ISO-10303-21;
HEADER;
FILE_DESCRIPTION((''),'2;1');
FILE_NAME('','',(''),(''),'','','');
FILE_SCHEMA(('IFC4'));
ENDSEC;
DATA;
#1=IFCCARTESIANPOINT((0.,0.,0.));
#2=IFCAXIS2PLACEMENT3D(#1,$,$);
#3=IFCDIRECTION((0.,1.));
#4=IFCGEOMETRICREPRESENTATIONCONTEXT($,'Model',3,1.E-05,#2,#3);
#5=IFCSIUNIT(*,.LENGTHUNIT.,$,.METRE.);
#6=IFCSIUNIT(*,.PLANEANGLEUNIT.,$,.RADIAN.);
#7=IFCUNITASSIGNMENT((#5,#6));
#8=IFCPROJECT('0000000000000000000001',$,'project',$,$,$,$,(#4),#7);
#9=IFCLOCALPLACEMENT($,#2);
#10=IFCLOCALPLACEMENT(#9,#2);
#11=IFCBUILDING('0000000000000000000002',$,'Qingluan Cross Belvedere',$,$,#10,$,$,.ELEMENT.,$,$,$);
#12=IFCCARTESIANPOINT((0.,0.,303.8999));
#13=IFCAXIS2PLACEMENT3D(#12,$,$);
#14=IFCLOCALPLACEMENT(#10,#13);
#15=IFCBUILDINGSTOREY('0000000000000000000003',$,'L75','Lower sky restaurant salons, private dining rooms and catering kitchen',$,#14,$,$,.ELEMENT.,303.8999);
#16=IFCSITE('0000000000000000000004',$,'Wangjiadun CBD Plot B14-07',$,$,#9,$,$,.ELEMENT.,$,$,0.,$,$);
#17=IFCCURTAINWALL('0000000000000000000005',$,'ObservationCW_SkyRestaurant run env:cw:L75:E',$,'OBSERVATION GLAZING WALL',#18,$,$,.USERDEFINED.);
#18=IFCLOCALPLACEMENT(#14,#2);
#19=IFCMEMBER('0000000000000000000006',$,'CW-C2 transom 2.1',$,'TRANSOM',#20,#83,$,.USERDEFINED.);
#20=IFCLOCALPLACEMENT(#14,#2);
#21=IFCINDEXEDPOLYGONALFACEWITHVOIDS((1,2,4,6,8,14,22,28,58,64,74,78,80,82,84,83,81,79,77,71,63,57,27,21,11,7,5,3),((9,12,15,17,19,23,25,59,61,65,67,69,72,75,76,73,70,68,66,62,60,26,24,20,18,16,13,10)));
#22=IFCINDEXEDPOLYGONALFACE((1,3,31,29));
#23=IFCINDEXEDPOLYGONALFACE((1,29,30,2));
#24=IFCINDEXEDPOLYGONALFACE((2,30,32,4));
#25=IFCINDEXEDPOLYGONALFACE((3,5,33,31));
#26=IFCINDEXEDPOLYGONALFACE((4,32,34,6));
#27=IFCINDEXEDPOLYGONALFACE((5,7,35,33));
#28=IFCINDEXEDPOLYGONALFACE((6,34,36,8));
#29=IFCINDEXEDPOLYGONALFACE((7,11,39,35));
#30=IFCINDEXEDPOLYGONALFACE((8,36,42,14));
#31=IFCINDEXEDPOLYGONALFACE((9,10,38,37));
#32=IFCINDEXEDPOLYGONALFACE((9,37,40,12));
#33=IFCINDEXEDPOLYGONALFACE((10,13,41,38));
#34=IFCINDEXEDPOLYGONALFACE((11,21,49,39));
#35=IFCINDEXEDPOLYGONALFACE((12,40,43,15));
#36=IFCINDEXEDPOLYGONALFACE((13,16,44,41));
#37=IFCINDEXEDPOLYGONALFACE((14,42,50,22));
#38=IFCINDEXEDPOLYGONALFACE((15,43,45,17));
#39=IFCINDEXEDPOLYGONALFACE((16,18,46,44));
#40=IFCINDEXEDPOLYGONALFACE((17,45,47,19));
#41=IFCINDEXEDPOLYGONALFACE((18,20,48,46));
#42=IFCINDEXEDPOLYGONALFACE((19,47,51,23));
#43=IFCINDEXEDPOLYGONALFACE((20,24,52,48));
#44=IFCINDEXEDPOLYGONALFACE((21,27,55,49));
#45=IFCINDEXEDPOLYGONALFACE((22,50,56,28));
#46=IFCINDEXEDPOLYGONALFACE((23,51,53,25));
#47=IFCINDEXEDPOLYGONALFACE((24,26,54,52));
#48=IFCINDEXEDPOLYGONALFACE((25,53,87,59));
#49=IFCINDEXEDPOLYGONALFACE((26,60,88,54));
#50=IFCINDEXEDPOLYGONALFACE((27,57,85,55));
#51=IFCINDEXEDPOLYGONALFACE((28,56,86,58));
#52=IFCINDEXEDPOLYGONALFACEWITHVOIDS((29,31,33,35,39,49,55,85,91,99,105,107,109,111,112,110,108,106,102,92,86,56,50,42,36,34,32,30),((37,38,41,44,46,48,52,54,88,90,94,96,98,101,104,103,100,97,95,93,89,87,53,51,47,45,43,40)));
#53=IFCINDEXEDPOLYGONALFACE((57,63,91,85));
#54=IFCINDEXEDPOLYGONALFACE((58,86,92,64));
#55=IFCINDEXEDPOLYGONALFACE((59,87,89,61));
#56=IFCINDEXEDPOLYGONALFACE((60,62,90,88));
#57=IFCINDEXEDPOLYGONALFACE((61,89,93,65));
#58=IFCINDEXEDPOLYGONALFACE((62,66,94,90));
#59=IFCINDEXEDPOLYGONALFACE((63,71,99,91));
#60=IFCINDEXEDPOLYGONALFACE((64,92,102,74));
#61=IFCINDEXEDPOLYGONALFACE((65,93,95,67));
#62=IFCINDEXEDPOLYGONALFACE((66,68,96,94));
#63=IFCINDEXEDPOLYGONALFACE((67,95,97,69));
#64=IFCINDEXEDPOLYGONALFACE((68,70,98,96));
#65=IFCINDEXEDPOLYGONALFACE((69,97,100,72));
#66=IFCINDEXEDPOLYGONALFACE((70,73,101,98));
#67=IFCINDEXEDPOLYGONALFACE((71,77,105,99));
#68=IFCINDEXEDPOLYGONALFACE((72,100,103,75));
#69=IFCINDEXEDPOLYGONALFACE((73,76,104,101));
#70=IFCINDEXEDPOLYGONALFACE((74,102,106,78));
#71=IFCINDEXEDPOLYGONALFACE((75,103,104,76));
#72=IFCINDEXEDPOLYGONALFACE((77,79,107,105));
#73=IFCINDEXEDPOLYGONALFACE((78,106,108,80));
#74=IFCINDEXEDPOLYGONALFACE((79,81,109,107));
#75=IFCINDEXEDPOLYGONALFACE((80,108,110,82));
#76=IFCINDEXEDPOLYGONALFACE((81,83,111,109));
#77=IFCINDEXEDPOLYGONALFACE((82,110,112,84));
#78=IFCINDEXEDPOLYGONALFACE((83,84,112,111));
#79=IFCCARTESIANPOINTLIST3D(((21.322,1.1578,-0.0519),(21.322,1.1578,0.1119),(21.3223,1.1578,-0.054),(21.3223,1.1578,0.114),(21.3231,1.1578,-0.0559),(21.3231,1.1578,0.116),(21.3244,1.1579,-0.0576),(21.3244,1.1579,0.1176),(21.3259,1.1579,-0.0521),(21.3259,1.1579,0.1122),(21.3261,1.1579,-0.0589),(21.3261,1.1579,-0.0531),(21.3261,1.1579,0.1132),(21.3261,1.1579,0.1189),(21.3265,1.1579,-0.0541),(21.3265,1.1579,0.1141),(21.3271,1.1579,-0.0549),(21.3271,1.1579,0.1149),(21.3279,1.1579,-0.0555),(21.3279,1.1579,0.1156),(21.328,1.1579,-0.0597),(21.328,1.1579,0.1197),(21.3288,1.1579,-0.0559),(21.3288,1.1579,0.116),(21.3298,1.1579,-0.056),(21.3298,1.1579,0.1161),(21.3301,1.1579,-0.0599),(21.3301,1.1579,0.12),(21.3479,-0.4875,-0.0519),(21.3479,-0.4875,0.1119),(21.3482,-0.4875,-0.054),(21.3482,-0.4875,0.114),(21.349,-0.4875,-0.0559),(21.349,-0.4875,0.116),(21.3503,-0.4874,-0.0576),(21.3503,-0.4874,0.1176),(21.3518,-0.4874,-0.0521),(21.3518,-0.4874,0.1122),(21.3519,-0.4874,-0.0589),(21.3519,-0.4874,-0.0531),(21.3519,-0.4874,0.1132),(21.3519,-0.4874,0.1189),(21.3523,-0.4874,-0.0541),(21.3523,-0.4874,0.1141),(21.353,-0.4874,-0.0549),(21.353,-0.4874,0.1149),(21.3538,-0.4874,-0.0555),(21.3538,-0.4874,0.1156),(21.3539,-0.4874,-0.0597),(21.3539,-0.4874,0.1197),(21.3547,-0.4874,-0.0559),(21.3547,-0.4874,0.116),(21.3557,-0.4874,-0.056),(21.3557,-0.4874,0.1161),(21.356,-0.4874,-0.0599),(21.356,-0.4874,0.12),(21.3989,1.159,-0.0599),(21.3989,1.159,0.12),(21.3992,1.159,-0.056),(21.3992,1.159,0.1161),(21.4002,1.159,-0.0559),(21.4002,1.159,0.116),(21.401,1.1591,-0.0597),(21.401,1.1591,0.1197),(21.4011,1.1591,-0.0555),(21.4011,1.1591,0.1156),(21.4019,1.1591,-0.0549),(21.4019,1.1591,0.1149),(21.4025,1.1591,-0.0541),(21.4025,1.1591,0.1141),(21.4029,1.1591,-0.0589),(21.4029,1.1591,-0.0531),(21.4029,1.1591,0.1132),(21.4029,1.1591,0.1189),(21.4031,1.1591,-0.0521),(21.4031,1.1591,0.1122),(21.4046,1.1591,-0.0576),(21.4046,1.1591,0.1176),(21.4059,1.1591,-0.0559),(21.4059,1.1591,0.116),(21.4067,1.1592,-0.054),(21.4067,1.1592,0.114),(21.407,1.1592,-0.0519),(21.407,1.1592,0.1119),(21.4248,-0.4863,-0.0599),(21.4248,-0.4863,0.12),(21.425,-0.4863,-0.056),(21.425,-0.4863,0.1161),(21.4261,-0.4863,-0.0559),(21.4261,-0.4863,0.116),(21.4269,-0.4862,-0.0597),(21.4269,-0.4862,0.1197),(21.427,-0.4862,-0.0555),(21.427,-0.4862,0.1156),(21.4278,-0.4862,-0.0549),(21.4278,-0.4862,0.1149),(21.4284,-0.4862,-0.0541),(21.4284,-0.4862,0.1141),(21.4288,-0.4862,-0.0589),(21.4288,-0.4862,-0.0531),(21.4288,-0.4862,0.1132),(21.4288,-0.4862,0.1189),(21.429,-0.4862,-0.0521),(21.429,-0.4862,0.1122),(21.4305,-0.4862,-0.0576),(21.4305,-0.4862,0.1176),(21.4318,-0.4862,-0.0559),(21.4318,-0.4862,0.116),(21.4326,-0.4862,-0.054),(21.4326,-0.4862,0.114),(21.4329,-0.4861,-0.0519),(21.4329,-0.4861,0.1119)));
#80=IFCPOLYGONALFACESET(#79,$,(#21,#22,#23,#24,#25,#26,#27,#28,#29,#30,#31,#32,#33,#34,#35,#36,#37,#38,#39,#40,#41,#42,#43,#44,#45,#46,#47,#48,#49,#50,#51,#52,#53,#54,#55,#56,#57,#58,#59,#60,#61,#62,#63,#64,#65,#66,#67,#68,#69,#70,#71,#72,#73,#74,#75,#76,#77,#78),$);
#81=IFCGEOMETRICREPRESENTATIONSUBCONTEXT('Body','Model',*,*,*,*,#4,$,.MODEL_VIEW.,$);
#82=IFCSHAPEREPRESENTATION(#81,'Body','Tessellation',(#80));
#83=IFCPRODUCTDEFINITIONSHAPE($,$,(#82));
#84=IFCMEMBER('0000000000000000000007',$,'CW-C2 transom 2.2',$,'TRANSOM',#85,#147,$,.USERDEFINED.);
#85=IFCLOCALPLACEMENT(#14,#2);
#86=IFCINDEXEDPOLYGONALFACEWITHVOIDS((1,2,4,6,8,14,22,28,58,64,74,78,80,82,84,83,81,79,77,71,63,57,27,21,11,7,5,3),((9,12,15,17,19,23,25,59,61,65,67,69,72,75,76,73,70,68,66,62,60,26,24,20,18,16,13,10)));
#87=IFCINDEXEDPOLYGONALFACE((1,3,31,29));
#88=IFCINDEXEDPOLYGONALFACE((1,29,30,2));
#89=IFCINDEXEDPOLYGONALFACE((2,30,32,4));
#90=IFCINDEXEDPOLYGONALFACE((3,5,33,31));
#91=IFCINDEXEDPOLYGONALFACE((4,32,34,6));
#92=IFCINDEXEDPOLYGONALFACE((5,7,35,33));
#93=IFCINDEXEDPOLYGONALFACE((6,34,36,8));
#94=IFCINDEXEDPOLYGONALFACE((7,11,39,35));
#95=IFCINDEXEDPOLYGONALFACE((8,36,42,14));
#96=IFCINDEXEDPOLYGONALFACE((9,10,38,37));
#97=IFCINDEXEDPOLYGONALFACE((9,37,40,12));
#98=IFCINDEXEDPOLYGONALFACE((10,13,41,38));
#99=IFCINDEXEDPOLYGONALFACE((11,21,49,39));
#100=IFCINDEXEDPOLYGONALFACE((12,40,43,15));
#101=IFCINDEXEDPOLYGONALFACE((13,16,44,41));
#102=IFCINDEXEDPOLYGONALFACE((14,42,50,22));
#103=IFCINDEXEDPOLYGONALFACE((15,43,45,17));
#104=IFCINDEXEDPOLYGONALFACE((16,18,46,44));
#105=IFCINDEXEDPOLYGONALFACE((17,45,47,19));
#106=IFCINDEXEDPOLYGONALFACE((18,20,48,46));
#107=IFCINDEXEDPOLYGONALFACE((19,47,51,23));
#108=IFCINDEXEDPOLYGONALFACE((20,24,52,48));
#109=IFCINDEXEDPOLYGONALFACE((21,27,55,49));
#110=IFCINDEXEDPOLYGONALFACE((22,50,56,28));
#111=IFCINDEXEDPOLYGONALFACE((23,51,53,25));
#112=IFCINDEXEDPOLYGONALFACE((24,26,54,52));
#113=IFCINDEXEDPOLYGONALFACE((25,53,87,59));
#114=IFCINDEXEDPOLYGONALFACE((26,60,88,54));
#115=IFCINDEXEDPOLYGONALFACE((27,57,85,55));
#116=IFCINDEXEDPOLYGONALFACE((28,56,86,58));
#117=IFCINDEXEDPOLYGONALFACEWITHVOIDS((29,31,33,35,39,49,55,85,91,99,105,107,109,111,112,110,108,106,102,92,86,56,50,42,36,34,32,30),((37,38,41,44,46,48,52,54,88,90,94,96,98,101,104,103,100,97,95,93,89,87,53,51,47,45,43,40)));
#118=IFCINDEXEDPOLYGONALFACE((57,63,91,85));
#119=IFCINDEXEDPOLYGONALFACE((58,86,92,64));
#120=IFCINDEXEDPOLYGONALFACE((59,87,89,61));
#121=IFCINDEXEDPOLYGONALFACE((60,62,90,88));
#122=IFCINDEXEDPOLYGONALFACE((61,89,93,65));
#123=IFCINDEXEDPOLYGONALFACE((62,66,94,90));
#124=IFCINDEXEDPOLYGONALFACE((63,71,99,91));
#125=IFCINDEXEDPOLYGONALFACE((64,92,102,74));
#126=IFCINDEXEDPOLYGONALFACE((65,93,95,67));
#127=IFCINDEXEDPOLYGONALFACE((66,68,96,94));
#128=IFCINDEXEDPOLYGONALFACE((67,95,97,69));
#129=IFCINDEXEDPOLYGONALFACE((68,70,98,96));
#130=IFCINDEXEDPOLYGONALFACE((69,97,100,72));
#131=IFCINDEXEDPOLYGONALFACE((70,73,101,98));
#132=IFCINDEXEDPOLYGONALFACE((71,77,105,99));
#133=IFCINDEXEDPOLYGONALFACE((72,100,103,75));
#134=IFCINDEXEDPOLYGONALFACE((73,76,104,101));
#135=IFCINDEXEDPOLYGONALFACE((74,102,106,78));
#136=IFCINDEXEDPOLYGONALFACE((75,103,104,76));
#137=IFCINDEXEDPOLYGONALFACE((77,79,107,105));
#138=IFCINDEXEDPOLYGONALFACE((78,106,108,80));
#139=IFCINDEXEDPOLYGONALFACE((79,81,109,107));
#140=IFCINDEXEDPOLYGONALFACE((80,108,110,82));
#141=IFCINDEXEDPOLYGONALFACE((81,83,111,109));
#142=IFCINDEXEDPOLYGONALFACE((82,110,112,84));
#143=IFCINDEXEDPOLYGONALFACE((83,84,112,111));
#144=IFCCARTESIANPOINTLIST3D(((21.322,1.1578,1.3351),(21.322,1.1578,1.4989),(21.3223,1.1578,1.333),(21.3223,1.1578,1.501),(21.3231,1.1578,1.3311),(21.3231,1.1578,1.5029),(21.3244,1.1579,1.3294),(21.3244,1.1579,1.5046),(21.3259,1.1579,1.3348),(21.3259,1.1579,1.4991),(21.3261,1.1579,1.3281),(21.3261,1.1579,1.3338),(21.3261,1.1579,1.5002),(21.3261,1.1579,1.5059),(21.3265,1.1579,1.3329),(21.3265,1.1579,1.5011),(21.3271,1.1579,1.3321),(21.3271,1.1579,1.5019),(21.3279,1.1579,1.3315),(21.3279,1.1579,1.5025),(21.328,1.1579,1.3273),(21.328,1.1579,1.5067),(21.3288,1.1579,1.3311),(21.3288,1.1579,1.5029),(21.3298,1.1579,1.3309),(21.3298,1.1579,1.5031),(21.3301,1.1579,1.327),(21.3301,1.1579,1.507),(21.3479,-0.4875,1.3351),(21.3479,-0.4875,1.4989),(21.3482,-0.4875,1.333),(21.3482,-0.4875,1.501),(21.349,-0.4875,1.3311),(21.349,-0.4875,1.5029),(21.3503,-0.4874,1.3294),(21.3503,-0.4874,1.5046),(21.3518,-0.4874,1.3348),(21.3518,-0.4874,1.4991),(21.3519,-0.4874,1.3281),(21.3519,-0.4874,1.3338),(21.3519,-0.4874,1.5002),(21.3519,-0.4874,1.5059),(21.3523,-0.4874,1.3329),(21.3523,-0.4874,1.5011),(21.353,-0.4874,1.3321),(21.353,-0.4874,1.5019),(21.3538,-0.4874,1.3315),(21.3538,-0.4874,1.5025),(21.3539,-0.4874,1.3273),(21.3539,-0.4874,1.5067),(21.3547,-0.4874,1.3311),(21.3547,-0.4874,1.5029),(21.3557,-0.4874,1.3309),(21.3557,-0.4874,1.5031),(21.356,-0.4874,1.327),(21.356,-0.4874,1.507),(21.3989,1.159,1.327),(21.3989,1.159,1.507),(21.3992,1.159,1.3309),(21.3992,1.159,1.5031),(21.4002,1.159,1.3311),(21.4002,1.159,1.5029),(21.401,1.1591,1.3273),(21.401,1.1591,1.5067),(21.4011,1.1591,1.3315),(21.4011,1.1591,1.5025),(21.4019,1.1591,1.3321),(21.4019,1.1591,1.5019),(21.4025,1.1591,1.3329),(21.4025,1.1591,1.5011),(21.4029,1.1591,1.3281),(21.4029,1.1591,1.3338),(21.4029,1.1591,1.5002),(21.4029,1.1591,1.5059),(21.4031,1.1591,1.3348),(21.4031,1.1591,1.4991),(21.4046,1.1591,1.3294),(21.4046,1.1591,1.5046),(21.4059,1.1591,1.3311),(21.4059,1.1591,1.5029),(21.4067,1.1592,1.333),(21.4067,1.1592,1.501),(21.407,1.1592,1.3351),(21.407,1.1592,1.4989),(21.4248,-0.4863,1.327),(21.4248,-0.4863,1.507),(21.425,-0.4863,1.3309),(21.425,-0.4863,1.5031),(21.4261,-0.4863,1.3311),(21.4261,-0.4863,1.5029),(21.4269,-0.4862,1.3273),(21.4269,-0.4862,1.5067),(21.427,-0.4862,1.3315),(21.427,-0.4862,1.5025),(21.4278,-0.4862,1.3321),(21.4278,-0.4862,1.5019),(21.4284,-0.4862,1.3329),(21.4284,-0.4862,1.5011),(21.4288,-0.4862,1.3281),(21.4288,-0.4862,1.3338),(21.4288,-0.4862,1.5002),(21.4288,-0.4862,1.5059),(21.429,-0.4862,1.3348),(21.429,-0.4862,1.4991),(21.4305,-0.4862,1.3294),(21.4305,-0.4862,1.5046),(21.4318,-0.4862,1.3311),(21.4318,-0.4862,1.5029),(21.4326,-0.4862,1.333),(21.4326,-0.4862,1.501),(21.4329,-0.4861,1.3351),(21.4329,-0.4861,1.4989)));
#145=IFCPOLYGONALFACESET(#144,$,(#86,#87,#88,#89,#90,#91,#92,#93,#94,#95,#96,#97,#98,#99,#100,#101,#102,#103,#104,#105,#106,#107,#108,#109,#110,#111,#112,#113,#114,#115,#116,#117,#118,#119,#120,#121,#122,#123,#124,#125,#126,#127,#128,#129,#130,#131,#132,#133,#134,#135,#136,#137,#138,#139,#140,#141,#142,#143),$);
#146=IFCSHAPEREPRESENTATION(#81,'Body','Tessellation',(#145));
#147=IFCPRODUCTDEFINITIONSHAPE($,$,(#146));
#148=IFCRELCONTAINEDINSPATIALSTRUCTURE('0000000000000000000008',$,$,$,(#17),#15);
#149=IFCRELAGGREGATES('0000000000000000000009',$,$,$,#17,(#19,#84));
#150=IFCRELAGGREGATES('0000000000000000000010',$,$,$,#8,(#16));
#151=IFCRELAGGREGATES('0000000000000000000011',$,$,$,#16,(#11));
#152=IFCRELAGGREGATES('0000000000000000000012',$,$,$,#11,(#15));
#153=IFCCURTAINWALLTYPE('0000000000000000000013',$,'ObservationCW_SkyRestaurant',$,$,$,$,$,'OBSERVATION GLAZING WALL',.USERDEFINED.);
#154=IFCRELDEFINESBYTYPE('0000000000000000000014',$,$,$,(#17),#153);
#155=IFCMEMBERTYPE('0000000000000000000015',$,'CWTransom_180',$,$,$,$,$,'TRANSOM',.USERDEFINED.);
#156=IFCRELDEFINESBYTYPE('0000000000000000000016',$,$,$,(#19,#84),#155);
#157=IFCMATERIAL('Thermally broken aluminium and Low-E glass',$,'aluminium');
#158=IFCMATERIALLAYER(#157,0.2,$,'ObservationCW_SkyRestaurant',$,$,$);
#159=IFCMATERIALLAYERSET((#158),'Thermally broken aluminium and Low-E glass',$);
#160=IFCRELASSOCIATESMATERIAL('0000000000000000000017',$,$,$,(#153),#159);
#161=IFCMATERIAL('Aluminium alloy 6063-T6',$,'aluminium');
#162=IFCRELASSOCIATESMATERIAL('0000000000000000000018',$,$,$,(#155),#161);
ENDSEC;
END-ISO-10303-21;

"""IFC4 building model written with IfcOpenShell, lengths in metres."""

from ifc_helpers import new_model, si_unit, direction, frame, origin, origin_2d, place, context, subcontext, project, spatial, hollow_rectangle, extrude, material, layer, layer_set, material_profile, profile_set, type_object, element, aggregate, save


model = new_model("IFC4")

# Units and contexts
model_context = context("Model", 3, precision=1e-05, world=origin(), true_north=direction((0.0, 1.0)))
body_context = subcontext(model_context, "Body", "Model", "MODEL_VIEW")
ifc_project = project(units=[si_unit("LENGTHUNIT", "METRE"), si_unit("PLANEANGLEUNIT", "RADIAN")], contexts=[model_context])

# Site, building, storey
site_placement = place(None, origin())
site = spatial("IfcSite", under=ifc_project, at=site_placement, Name="Wangjiadun CBD Plot B14-07", CompositionType="ELEMENT", RefElevation=0.0)
building_placement = place(site_placement, origin())
building = spatial("IfcBuilding", under=site, at=building_placement, Name="Qingluan Cross Belvedere", CompositionType="ELEMENT")
storey_placement = place(building_placement, frame((0.0, 0.0, 303.8999)))
storey = spatial("IfcBuildingStorey", under=building, at=storey_placement, Name="L75", Description="Lower sky restaurant salons, private dining rooms and catering kitchen", CompositionType="ELEMENT", Elevation=303.8999)

# Curtain wall, members
ifc_material_1 = material(Name="Thermally broken aluminium and Low-E glass", Category="aluminium")
ifc_layer_1 = layer(ifc_material_1, 0.2, Name="ObservationCW_SkyRestaurant")
ifc_layer_set_1 = layer_set([ifc_layer_1], Name="Thermally broken aluminium and Low-E glass")
curtain_wall_type = type_object("IfcCurtainWallType", Name="ObservationCW_SkyRestaurant", ElementType="OBSERVATION GLAZING WALL", PredefinedType="USERDEFINED", material=ifc_layer_set_1)
curtain_wall_placement = place(storey_placement, origin())
curtain_wall = element("IfcCurtainWall", 1, at=curtain_wall_placement, inside=storey, type_object=curtain_wall_type, Name="ObservationCW_SkyRestaurant run env:cw:L75:E", ObjectType="OBSERVATION GLAZING WALL", PredefinedType="USERDEFINED")
ifc_material_2 = material(Name="Aluminium alloy 6063-T6", Category="aluminium")
ifc_material_profile_1 = material_profile(ifc_material_2, hollow_rectangle(XDim=0.085, YDim=0.1799, WallThickness=0.0039, InnerFilletRadius=0.0039, OuterFilletRadius=0.0081, at=origin_2d()), Name="CWT180x85x4")
ifc_profile_set_1 = profile_set([ifc_material_profile_1], Name="Aluminium alloy 6063-T6")
member_type_1 = type_object("IfcMemberType", Name="CWTransom_180", ElementType="TRANSOM", PredefinedType="USERDEFINED", material=ifc_profile_set_1)
member_1_placement = place(storey_placement, frame((21.3904, -0.4868, 0.03), z_axis=(-0.015727, 0.999876, 0.0), x_axis=(-0.999876, -0.015727, 0.0)))
member_1 = element("IfcMember", 2, at=member_1_placement, type_object=member_type_1, Name="CW-C2 transom 2.1", ObjectType="TRANSOM", PredefinedType="USERDEFINED", context=body_context, shape_type="SweptSolid", body=[
    extrude(hollow_rectangle(XDim=0.085, YDim=0.1799, WallThickness=0.0039, InnerFilletRadius=0.0039, OuterFilletRadius=0.0081, at=origin_2d()), origin(), (0.0, 0.0, 1.0), 1.6455),
])
member_2_placement = place(storey_placement, frame((21.3904, -0.4868, 1.417), z_axis=(-0.015727, 0.999876, 0.0), x_axis=(-0.999876, -0.015727, 0.0)))
member_2 = element("IfcMember", 3, at=member_2_placement, type_object=member_type_1, Name="CW-C2 transom 2.2", ObjectType="TRANSOM", PredefinedType="USERDEFINED", context=body_context, shape_type="SweptSolid", body=[
    extrude(hollow_rectangle(XDim=0.085, YDim=0.1799, WallThickness=0.0039, InnerFilletRadius=0.0039, OuterFilletRadius=0.0081, at=origin_2d()), origin(), (0.0, 0.0, 1.0), 1.6455),
])

aggregate(curtain_wall, [member_1, member_2])

save(model, "model.ifc")
